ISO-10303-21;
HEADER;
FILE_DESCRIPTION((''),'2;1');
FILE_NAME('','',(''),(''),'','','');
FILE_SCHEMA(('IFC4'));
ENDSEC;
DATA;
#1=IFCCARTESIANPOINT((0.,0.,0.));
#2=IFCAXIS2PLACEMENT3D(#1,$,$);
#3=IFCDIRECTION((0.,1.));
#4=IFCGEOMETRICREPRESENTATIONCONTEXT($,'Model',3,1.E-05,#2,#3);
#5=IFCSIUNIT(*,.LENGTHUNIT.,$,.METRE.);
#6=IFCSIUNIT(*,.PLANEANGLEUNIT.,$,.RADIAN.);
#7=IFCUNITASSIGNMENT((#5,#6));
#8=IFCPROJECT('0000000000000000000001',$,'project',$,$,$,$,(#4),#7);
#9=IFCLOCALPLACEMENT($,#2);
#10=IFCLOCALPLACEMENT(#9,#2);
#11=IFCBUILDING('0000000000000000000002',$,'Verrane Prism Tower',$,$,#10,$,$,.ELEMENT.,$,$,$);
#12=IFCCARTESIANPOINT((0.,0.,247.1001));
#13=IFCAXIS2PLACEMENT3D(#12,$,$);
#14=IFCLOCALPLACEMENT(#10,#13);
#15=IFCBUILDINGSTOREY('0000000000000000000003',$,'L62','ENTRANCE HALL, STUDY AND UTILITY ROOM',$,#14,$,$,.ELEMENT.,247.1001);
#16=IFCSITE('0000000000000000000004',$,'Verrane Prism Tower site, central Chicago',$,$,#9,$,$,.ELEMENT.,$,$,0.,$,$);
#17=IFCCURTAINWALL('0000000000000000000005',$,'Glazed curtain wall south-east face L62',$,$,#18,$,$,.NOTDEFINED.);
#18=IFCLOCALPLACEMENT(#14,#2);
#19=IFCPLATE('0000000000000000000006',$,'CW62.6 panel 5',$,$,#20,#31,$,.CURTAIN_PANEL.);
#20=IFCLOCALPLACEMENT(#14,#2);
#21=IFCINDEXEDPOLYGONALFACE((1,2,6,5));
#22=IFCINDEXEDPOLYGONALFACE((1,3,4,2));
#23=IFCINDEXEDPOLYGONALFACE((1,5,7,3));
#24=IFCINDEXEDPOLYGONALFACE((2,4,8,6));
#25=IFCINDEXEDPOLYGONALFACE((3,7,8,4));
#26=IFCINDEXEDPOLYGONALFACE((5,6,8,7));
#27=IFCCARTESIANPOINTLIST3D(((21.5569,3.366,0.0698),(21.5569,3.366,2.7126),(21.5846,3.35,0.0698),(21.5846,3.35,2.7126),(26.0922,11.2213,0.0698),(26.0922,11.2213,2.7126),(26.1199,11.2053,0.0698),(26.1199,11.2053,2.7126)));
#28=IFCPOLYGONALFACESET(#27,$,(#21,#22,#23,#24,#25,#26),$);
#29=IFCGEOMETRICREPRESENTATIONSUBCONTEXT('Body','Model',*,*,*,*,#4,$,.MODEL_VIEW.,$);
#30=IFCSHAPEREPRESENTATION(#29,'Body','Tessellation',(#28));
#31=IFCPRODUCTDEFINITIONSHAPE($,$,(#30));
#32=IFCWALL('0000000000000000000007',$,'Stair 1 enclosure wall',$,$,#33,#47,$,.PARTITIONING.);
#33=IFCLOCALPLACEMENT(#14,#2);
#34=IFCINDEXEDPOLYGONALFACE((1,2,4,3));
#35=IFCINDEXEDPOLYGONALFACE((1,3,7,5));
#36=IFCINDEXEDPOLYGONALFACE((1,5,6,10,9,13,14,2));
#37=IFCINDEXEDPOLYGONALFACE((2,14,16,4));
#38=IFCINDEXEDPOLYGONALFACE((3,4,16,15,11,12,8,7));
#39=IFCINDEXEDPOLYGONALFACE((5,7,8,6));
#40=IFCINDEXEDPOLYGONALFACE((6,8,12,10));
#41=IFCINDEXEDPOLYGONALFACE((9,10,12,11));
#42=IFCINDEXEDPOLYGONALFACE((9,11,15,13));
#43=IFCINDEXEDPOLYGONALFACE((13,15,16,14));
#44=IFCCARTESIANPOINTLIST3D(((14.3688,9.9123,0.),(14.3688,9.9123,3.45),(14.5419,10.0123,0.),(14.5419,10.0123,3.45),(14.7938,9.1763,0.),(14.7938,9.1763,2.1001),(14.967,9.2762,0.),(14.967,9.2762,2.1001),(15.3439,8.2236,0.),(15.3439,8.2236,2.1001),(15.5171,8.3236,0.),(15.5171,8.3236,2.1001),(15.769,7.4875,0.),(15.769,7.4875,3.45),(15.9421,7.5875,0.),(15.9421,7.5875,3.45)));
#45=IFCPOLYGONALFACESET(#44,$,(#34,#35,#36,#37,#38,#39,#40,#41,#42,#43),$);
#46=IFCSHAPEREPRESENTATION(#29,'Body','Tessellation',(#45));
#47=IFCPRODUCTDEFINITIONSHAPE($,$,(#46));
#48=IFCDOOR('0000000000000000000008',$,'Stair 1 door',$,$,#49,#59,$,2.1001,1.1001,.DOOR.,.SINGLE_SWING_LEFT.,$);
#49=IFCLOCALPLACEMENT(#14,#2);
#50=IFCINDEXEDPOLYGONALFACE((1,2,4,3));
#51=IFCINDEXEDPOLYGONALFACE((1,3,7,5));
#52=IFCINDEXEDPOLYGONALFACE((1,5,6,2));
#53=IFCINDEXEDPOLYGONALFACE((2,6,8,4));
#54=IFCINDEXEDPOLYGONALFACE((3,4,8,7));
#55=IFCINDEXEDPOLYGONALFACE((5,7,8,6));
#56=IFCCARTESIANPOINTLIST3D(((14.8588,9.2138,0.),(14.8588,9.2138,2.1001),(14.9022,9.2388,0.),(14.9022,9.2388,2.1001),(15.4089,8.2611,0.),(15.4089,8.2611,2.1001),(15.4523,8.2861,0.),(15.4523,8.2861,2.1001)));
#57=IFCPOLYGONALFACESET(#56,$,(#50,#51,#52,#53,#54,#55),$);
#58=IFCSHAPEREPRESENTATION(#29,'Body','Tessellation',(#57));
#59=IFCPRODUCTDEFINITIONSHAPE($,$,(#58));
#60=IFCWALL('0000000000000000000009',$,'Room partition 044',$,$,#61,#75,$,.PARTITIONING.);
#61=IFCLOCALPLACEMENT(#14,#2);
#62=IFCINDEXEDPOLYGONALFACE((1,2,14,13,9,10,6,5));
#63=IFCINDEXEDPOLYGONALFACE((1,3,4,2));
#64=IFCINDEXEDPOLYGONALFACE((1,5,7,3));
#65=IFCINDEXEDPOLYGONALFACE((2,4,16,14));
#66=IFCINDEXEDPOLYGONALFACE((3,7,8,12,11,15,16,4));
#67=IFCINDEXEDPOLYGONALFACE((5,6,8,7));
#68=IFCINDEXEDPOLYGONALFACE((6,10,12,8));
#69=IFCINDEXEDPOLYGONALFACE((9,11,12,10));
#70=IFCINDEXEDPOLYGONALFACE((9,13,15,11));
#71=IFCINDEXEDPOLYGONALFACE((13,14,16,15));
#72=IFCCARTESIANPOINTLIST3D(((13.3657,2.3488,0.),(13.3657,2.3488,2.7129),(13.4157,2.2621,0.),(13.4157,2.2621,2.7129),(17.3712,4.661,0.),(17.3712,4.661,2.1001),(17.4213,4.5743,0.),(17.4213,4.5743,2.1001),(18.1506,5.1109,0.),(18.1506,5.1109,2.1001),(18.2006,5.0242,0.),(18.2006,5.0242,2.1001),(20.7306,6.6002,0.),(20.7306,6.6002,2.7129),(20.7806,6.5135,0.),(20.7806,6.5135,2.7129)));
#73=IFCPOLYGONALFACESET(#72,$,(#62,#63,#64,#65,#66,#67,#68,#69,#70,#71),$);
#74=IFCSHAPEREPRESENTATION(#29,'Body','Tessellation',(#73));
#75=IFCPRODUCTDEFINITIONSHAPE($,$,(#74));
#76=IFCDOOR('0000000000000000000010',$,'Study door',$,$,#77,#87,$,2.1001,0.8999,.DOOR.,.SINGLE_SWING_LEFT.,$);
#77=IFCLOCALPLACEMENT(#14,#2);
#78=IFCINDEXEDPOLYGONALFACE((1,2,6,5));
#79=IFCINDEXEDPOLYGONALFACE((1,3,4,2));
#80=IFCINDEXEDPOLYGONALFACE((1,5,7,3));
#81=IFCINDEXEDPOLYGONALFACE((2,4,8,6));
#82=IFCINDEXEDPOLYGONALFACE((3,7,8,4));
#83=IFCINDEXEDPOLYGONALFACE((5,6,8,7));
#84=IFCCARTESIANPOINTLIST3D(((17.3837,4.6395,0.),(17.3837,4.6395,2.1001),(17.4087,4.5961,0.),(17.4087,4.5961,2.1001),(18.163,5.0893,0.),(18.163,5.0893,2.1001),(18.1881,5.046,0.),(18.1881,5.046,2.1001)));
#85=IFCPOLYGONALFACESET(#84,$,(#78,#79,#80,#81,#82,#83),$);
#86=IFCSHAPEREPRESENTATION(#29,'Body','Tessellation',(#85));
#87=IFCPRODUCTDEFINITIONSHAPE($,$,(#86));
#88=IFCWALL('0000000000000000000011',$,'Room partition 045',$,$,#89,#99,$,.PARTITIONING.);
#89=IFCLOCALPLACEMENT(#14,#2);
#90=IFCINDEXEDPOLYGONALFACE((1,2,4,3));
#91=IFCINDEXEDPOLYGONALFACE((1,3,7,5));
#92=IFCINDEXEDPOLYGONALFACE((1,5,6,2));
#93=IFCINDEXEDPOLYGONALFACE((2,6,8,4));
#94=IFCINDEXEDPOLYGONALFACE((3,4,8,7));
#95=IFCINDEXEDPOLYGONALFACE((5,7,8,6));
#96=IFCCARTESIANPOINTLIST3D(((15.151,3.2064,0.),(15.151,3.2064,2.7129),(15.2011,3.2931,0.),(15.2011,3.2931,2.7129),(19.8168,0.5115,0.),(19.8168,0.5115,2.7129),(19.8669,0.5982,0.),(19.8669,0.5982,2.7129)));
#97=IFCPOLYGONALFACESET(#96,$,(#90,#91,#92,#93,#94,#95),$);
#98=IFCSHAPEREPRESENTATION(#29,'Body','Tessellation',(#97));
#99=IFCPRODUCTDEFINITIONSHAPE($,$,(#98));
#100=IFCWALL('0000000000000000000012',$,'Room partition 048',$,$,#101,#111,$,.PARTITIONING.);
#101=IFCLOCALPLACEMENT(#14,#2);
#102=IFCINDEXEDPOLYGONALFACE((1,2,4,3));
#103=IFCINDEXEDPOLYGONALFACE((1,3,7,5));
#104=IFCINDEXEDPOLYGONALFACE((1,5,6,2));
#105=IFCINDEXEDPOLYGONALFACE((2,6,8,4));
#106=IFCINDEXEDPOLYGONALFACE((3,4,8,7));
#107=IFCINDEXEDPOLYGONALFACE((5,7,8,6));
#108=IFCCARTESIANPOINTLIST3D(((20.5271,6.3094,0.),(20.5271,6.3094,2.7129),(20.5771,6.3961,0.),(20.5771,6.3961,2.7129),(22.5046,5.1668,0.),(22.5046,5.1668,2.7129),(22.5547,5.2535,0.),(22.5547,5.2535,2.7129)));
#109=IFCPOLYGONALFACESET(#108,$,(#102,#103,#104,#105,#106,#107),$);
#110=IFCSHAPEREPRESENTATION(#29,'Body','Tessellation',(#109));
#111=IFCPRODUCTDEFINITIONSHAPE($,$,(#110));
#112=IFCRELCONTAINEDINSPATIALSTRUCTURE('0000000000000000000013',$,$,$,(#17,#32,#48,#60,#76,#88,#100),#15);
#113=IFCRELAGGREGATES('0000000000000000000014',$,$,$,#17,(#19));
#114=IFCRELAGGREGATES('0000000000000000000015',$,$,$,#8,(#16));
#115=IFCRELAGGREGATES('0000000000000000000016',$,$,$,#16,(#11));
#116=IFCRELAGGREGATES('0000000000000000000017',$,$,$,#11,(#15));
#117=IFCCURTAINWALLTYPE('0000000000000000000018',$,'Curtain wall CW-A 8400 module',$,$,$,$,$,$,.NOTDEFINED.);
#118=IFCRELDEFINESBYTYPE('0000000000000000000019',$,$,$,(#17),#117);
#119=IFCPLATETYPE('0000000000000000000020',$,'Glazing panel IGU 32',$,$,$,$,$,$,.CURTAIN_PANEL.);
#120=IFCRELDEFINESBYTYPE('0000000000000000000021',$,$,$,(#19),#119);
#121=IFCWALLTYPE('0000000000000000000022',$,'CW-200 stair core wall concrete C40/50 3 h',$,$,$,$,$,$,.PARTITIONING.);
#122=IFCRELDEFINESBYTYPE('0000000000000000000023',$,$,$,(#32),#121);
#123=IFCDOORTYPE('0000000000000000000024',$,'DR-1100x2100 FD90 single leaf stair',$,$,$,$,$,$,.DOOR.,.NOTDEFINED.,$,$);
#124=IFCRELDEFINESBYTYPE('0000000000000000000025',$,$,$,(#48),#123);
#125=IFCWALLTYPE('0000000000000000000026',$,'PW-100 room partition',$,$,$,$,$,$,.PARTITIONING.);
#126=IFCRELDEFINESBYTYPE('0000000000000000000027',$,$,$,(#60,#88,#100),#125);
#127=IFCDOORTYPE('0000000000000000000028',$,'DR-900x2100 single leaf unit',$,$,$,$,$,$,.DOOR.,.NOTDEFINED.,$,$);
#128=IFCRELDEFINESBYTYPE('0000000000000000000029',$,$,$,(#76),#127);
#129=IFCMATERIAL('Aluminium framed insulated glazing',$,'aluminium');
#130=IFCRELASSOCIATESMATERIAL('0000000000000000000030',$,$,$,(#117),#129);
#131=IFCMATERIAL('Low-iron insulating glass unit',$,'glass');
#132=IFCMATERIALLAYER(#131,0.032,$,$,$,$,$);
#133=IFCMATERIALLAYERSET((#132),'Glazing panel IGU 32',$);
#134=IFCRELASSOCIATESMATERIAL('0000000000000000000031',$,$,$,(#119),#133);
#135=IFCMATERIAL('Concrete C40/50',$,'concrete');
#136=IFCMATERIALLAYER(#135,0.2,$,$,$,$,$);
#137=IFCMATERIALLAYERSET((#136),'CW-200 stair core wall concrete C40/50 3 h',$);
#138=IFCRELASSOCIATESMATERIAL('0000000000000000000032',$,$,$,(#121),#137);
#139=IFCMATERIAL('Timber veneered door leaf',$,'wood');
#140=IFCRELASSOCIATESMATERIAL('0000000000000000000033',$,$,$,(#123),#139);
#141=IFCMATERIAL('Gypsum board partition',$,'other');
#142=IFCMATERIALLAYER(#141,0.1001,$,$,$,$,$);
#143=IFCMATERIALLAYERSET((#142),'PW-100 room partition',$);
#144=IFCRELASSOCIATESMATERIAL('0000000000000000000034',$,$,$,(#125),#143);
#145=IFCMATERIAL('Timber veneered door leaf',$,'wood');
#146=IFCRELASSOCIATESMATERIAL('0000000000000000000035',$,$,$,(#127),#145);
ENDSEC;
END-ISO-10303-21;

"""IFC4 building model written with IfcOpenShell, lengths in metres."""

from ifc_helpers import new_model, si_unit, direction, frame, frame_2d, origin, origin_2d, place, context, subcontext, project, spatial, rectangle, extrude, material, layer, layer_set, type_object, element, fill, aggregate, save


model = new_model("IFC4")

# Units and contexts
model_context = context("Model", 3, precision=1e-05, world=origin(), true_north=direction((0.0, 1.0)))
body_context = subcontext(model_context, "Body", "Model", "MODEL_VIEW")
ifc_project = project(units=[si_unit("LENGTHUNIT", "METRE"), si_unit("PLANEANGLEUNIT", "RADIAN")], contexts=[model_context])

# Site, building, storey
site_placement = place(None, origin())
site = spatial("IfcSite", under=ifc_project, at=site_placement, Name="Verrane Prism Tower site, central Chicago", CompositionType="ELEMENT", RefElevation=0.0)
building_placement = place(site_placement, origin())
building = spatial("IfcBuilding", under=site, at=building_placement, Name="Verrane Prism Tower", CompositionType="ELEMENT")
storey_placement = place(building_placement, frame((0.0, 0.0, 247.1001)))
storey = spatial("IfcBuildingStorey", under=building, at=storey_placement, Name="L62", Description="ENTRANCE HALL, STUDY AND UTILITY ROOM", CompositionType="ELEMENT", Elevation=247.1001)

# Curtain wall
ifc_material_1 = material(Name="Aluminium framed insulated glazing", Category="aluminium")
curtain_wall_type = type_object("IfcCurtainWallType", Name="Curtain wall CW-A 8400 module", PredefinedType="NOTDEFINED", material=ifc_material_1)
curtain_wall_1_placement = place(storey_placement, origin())
curtain_wall_1 = element("IfcCurtainWall", 1, at=curtain_wall_1_placement, inside=storey, type_object=curtain_wall_type, Name="Glazed curtain wall south-east face L62", PredefinedType="NOTDEFINED")

# Plate
ifc_material_2 = material(Name="Low-iron insulating glass unit", Category="glass")
ifc_layer_1 = layer(ifc_material_2, 0.032)
ifc_layer_set_1 = layer_set([ifc_layer_1], Name="Glazing panel IGU 32")
plate_type = type_object("IfcPlateType", Name="Glazing panel IGU 32", PredefinedType="CURTAIN_PANEL", material=ifc_layer_set_1)
plate_placement = place(storey_placement, frame((23.8384, 7.2856, 0.0698), z_axis=(0.0, 0.0, 1.0), x_axis=(0.5, 0.866026, 0.0)))
plate = element("IfcPlate", 2, at=plate_placement, type_object=plate_type, Name="CW62.6 panel 5", PredefinedType="CURTAIN_PANEL", context=body_context, shape_type="SweptSolid", body=[
    extrude(rectangle(XDim=9.0706, YDim=0.032, at=origin_2d()), origin(), (0.0, 0.0, 1.0), 2.6428),
])
aggregate(curtain_wall_1, [plate])

# Walls, openings, doors
ifc_material_3 = material(Name="Concrete C40/50", Category="concrete")
ifc_layer_2 = layer(ifc_material_3, 0.2)
ifc_layer_set_2 = layer_set([ifc_layer_2], Name="CW-200 stair core wall concrete C40/50 3 h")
wall_type_1 = type_object("IfcWallType", Name="CW-200 stair core wall concrete C40/50 3 h", PredefinedType="PARTITIONING", material=ifc_layer_set_2)
wall_1_placement = place(storey_placement, frame((15.8555, 7.5376, 0.0), z_axis=(0.0, 0.0, 1.0), x_axis=(-0.50005, 0.865997, 0.0)))
wall_1 = element("IfcWall", 3, at=wall_1_placement, inside=storey, type_object=wall_type_1, Name="Stair 1 enclosure wall", PredefinedType="PARTITIONING", context=body_context, shape_type="SweptSolid", body=[
    extrude(rectangle(XDim=2.8, YDim=0.2, at=frame_2d((1.3999, 0.0))), origin(), (0.0, 0.0, 1.0), 3.45),
])
opening_1_placement = place(wall_1_placement, frame((0.8499, 0.0, 0.0)))
opening_1 = element("IfcOpeningElement", 4, at=opening_1_placement, cuts=wall_1, PredefinedType="OPENING", context=body_context, shape_type="SweptSolid", body=[
    extrude(rectangle(XDim=1.1001, YDim=2.1001, at=frame_2d((0.55, 1.05))), frame((0.0, 0.1099, 0.0), z_axis=(0.0, -1.0, 0.0), x_axis=(1.0, 0.0, 0.0)), (0.0, 0.0, 1.0), 0.22),
])
ifc_material_4 = material(Name="Timber veneered door leaf", Category="wood")
door_type_1 = type_object("IfcDoorType", Name="DR-1100x2100 FD90 single leaf stair", OperationType="NOTDEFINED", PredefinedType="DOOR", material=ifc_material_4)
door_1_placement = place(opening_1_placement, origin())
door_1 = element("IfcDoor", 5, at=door_1_placement, inside=storey, type_object=door_type_1, Name="Stair 1 door", OperationType="SINGLE_SWING_LEFT", OverallHeight=2.1001, OverallWidth=1.1001, PredefinedType="DOOR", context=body_context, shape_type="SweptSolid", body=[
    extrude(rectangle(XDim=1.1001, YDim=2.1001, at=frame_2d((0.55, 1.05))), frame((0.0, 0.0249, 0.0), z_axis=(0.0, -1.0, 0.0), x_axis=(1.0, 0.0, 0.0)), (0.0, 0.0, 1.0), 0.05),
])
fill(opening_1, door_1)
ifc_material_5 = material(Name="Gypsum board partition", Category="other")
ifc_layer_3 = layer(ifc_material_5, 0.1001)
ifc_layer_set_3 = layer_set([ifc_layer_3], Name="PW-100 room partition")
wall_type_2 = type_object("IfcWallType", Name="PW-100 room partition", PredefinedType="PARTITIONING", material=ifc_layer_set_3)
wall_2_placement = place(storey_placement, frame((20.7556, 6.5569, 0.0), z_axis=(0.0, 0.0, 1.0), x_axis=(-0.866062, -0.499937, 0.0)))
wall_2 = element("IfcWall", 6, at=wall_2_placement, inside=storey, type_object=wall_type_2, Name="Room partition 044", PredefinedType="PARTITIONING", context=body_context, shape_type="SweptSolid", body=[
    extrude(rectangle(XDim=8.5039, YDim=0.1001, at=frame_2d((4.252, 0.0))), origin(), (0.0, 0.0, 1.0), 2.7129),
])
opening_2_placement = place(wall_2_placement, frame((2.979, 0.0, 0.0)))
opening_2 = element("IfcOpeningElement", 7, at=opening_2_placement, cuts=wall_2, PredefinedType="OPENING", context=body_context, shape_type="SweptSolid", body=[
    extrude(rectangle(XDim=0.8999, YDim=2.1001, at=frame_2d((0.45, 1.05))), frame((0.0, 0.0601, 0.0), z_axis=(0.0, -1.0, 0.0), x_axis=(1.0, 0.0, 0.0)), (0.0, 0.0, 1.0), 0.1201),
])
ifc_material_6 = material(Name="Timber veneered door leaf", Category="wood")
door_type_2 = type_object("IfcDoorType", Name="DR-900x2100 single leaf unit", OperationType="NOTDEFINED", PredefinedType="DOOR", material=ifc_material_6)
door_2_placement = place(opening_2_placement, origin())
door_2 = element("IfcDoor", 8, at=door_2_placement, inside=storey, type_object=door_type_2, Name="Study door", OperationType="SINGLE_SWING_LEFT", OverallHeight=2.1001, OverallWidth=0.8999, PredefinedType="DOOR", context=body_context, shape_type="SweptSolid", body=[
    extrude(rectangle(XDim=0.8999, YDim=2.1001, at=frame_2d((0.45, 1.05))), frame((0.0, 0.0249, 0.0), z_axis=(0.0, -1.0, 0.0), x_axis=(1.0, 0.0, 0.0)), (0.0, 0.0, 1.0), 0.05),
])
fill(opening_2, door_2)

# Walls
wall_3_placement = place(storey_placement, frame((15.176, 3.2498, 0.0), z_axis=(0.0, 0.0, 1.0), x_axis=(0.865942, -0.500145, 0.0)))
element("IfcWall", 9, at=wall_3_placement, inside=storey, type_object=wall_type_2, Name="Room partition 045", PredefinedType="PARTITIONING", context=body_context, shape_type="SweptSolid", body=[
    extrude(rectangle(XDim=5.3882, YDim=0.1001, at=frame_2d((2.6941, 0.0))), origin(), (0.0, 0.0, 1.0), 2.7129),
])
wall_4_placement = place(storey_placement, frame((20.552, 6.3528, 0.0), z_axis=(0.0, 0.0, 1.0), x_axis=(0.865865, -0.500278, 0.0)))
element("IfcWall", 10, at=wall_4_placement, inside=storey, type_object=wall_type_2, Name="Room partition 048", PredefinedType="PARTITIONING", context=body_context, shape_type="SweptSolid", body=[
    extrude(rectangle(XDim=2.2839, YDim=0.1001, at=frame_2d((1.1421, 0.0))), origin(), (0.0, 0.0, 1.0), 2.7129),
])

save(model, "model.ifc")
